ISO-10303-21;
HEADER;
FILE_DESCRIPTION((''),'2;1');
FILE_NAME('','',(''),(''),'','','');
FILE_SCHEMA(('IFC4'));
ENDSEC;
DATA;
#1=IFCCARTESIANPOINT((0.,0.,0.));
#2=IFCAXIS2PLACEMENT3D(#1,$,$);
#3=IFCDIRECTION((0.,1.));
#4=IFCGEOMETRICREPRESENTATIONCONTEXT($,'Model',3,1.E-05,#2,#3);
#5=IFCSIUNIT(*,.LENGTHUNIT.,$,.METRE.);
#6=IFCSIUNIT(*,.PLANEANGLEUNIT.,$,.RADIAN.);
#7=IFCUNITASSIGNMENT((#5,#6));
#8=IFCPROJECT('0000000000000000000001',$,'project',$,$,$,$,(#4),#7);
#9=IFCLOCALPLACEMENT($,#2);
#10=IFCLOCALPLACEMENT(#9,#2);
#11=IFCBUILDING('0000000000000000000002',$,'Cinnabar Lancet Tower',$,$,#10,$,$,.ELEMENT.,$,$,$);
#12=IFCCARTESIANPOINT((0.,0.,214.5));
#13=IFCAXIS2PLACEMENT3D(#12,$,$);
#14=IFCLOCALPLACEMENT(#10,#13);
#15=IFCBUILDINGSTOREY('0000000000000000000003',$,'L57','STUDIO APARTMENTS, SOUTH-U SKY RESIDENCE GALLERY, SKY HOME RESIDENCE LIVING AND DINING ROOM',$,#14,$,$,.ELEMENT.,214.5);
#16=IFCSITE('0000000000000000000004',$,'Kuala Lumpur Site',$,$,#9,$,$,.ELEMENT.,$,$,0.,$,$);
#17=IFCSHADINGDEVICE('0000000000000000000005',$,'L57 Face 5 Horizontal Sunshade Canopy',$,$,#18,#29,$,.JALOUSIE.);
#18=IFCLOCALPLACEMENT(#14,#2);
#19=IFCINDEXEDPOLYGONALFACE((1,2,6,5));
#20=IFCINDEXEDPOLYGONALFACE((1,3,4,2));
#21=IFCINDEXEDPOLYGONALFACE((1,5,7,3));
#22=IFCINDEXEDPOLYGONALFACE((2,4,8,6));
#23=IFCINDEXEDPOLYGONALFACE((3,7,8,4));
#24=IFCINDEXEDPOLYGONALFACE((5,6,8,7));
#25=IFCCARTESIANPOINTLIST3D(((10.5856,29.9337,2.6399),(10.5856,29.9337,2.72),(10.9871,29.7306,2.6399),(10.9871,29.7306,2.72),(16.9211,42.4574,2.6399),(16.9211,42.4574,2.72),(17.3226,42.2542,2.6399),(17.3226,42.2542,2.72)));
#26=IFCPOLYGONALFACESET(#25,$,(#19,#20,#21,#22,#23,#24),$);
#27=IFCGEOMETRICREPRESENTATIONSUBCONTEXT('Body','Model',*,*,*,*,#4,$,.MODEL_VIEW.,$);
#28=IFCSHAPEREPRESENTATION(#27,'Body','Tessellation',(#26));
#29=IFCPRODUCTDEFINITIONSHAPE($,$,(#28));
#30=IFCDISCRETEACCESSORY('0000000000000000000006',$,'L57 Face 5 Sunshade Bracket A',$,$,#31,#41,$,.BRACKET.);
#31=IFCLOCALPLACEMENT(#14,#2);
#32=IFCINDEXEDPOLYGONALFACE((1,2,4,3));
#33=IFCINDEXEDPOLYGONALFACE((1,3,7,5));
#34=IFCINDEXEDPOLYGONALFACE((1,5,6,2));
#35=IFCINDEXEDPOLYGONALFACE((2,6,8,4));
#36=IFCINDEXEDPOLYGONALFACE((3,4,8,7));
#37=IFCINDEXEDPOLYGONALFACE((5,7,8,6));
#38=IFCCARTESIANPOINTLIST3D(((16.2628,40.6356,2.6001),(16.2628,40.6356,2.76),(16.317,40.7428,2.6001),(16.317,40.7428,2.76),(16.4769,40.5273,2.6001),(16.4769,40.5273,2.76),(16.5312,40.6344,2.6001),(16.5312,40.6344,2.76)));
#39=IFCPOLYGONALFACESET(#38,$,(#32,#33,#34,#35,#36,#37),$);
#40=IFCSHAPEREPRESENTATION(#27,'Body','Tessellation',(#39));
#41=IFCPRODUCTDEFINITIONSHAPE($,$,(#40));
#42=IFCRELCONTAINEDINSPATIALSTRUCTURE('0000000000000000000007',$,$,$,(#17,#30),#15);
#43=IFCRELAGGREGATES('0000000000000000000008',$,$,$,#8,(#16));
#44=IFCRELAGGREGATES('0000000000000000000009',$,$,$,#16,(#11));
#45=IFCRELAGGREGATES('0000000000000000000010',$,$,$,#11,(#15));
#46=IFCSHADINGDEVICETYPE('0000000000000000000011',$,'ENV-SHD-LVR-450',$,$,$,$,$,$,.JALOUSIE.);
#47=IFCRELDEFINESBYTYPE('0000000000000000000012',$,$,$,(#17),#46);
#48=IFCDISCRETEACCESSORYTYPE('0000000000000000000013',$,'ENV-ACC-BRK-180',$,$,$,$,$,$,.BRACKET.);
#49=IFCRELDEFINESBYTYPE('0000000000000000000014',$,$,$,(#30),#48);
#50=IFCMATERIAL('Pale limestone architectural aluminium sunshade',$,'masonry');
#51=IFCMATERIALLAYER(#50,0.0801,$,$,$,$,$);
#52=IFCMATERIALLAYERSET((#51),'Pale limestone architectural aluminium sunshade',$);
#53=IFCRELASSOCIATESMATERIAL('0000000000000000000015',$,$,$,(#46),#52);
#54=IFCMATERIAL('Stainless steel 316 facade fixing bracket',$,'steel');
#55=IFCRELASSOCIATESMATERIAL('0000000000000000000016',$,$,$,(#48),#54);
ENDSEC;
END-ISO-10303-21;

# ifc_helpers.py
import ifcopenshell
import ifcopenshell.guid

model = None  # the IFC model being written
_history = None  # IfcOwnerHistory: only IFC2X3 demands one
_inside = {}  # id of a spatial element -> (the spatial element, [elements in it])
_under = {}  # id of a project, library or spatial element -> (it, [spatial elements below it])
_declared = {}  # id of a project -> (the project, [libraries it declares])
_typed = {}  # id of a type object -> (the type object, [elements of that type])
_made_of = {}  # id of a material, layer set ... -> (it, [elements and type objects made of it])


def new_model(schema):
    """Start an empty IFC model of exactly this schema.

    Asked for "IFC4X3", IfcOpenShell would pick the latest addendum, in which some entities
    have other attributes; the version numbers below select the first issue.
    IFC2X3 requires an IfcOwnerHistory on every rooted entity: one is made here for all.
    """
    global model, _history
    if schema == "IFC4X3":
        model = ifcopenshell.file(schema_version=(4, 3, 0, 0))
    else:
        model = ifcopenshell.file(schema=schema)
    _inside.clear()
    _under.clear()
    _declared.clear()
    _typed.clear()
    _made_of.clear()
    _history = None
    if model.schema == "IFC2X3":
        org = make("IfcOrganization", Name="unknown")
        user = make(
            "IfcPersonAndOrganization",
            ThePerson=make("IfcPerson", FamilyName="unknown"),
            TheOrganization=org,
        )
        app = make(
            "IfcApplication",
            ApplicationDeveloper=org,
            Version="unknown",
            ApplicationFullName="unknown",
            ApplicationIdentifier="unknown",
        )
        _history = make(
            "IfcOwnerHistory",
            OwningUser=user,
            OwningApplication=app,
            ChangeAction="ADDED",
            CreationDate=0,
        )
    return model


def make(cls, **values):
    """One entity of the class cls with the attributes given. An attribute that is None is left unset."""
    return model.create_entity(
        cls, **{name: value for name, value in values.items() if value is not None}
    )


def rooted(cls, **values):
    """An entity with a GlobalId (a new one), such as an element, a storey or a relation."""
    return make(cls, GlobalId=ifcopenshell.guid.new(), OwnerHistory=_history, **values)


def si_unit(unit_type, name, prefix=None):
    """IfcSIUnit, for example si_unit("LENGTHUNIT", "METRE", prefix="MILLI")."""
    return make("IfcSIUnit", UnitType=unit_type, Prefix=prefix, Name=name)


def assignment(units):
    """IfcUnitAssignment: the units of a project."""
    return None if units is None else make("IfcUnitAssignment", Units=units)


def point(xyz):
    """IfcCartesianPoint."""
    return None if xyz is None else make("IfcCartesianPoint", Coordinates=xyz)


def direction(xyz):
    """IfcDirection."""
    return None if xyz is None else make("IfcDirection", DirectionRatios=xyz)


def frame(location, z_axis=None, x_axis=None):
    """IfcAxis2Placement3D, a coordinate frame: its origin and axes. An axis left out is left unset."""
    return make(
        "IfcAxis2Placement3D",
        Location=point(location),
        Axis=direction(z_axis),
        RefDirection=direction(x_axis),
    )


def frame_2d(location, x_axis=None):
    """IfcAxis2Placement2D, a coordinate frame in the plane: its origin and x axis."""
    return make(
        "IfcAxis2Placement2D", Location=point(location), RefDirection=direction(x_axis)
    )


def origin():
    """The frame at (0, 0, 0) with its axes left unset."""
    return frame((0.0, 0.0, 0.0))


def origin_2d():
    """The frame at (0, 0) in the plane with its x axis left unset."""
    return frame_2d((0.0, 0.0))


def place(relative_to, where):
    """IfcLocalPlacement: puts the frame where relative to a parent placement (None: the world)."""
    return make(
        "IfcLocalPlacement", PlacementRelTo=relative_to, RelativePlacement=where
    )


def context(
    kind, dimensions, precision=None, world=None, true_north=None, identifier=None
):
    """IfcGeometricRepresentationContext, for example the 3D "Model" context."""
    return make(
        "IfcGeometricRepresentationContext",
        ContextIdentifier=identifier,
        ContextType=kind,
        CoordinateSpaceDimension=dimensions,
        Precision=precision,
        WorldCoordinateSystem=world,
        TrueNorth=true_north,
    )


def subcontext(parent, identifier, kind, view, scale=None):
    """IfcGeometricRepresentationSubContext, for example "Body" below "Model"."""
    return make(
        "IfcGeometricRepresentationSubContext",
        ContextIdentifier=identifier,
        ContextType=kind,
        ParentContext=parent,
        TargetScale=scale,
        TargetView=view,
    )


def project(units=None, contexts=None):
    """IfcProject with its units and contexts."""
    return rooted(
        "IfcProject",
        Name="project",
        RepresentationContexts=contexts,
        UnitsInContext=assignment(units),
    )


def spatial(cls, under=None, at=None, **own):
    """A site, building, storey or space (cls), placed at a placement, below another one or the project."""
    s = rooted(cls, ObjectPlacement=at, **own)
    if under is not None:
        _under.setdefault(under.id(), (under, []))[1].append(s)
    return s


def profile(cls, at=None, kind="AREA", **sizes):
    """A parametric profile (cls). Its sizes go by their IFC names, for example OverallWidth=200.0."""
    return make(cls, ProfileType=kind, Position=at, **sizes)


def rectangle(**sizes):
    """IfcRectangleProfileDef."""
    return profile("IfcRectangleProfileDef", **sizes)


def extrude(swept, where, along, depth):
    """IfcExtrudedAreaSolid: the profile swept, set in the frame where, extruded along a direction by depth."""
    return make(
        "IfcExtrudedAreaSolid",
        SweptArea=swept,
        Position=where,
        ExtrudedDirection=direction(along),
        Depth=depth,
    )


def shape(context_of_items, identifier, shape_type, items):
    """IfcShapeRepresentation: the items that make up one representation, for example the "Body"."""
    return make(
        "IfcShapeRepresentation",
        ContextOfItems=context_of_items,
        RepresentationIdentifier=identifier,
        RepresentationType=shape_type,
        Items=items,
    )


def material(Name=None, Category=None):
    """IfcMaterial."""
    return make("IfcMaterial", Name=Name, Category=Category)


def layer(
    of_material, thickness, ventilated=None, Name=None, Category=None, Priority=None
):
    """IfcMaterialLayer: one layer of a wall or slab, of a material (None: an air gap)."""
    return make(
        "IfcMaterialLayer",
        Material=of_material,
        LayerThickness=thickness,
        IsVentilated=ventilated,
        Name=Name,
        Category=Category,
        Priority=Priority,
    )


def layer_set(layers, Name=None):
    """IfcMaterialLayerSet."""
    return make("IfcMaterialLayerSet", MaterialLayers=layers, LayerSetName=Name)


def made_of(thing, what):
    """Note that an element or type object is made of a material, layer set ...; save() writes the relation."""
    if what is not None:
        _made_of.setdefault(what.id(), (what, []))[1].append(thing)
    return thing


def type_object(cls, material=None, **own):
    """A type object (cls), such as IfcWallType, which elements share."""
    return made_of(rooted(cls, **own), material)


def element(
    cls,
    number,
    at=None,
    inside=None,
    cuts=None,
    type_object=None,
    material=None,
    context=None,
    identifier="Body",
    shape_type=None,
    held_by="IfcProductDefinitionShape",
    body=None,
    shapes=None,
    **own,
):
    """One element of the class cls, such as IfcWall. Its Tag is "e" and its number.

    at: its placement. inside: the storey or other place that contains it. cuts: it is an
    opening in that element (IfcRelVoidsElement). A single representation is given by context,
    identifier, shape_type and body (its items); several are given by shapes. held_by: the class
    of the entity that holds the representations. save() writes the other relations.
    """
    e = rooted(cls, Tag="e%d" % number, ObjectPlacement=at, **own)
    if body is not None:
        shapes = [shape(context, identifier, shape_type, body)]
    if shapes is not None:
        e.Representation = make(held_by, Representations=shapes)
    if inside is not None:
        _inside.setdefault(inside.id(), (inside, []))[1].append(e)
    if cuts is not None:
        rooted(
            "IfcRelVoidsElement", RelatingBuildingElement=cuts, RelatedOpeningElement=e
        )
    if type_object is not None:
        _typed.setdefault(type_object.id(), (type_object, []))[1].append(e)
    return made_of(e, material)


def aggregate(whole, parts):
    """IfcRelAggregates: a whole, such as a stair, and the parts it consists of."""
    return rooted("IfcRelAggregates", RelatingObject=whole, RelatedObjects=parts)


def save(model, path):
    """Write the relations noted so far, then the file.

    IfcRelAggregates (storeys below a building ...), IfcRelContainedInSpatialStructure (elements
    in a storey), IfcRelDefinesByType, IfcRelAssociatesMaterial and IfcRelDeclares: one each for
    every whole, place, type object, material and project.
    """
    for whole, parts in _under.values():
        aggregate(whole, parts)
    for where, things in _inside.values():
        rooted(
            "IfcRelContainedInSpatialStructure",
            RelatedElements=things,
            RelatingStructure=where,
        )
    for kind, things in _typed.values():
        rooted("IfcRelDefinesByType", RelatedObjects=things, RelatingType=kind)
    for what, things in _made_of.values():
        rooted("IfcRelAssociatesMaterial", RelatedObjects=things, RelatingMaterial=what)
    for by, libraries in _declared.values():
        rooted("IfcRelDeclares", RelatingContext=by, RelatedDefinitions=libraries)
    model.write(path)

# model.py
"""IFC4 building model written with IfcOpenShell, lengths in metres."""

from ifc_helpers import new_model, si_unit, direction, frame, origin, origin_2d, place, context, subcontext, project, spatial, rectangle, extrude, material, layer, layer_set, type_object, element, save


model = new_model("IFC4")

# Units and contexts
model_context = context("Model", 3, precision=1e-05, world=origin(), true_north=direction((0.0, 1.0)))
body_context = subcontext(model_context, "Body", "Model", "MODEL_VIEW")
ifc_project = project(units=[si_unit("LENGTHUNIT", "METRE"), si_unit("PLANEANGLEUNIT", "RADIAN")], contexts=[model_context])

# Site, building, storey
site_placement = place(None, origin())
site = spatial("IfcSite", under=ifc_project, at=site_placement, Name="Kuala Lumpur Site", CompositionType="ELEMENT", RefElevation=0.0)
building_placement = place(site_placement, origin())
building = spatial("IfcBuilding", under=site, at=building_placement, Name="Cinnabar Lancet Tower", CompositionType="ELEMENT")
storey_placement = place(building_placement, frame((0.0, 0.0, 214.5)))
storey = spatial("IfcBuildingStorey", under=building, at=storey_placement, Name="L57", Description="STUDIO APARTMENTS, SOUTH-U SKY RESIDENCE GALLERY, SKY HOME RESIDENCE LIVING AND DINING ROOM", CompositionType="ELEMENT", Elevation=214.5)

# Shading device
ifc_material_1 = material(Name="Pale limestone architectural aluminium sunshade", Category="masonry")
ifc_layer_1 = layer(ifc_material_1, 0.0801)
ifc_layer_set_1 = layer_set([ifc_layer_1], Name="Pale limestone architectural aluminium sunshade")
shading_device_type = type_object("IfcShadingDeviceType", Name="ENV-SHD-LVR-450", PredefinedType="JALOUSIE", material=ifc_layer_set_1)
shading_device_placement = place(storey_placement, frame((13.9541, 36.094, 2.6399), z_axis=(0.0, 0.0, 1.0), x_axis=(-0.451407, -0.892318, 0.0)))
element("IfcShadingDevice", 1, at=shading_device_placement, inside=storey, type_object=shading_device_type, Name="L57 Face 5 Horizontal Sunshade Canopy", PredefinedType="JALOUSIE", context=body_context, shape_type="SweptSolid", body=[
    extrude(rectangle(XDim=14.0349, YDim=0.45, at=origin_2d()), origin(), (0.0, 0.0, 1.0), 0.0801),
])

# Discrete accessory
ifc_material_2 = material(Name="Stainless steel 316 facade fixing bracket", Category="steel")
discrete_accessory_type = type_object("IfcDiscreteAccessoryType", Name="ENV-ACC-BRK-180", PredefinedType="BRACKET", material=ifc_material_2)
discrete_accessory_placement = place(storey_placement, frame((16.397, 40.635, 2.6001), z_axis=(0.0, 0.0, 1.0), x_axis=(-0.451407, -0.892318, 0.0)))
element("IfcDiscreteAccessory", 2, at=discrete_accessory_placement, inside=storey, type_object=discrete_accessory_type, Name="L57 Face 5 Sunshade Bracket A", PredefinedType="BRACKET", context=body_context, shape_type="SweptSolid", body=[
    extrude(rectangle(XDim=0.1201, YDim=0.24, at=origin_2d()), origin(), (0.0, 0.0, 1.0), 0.1599),
])

save(model, "model.ifc")
